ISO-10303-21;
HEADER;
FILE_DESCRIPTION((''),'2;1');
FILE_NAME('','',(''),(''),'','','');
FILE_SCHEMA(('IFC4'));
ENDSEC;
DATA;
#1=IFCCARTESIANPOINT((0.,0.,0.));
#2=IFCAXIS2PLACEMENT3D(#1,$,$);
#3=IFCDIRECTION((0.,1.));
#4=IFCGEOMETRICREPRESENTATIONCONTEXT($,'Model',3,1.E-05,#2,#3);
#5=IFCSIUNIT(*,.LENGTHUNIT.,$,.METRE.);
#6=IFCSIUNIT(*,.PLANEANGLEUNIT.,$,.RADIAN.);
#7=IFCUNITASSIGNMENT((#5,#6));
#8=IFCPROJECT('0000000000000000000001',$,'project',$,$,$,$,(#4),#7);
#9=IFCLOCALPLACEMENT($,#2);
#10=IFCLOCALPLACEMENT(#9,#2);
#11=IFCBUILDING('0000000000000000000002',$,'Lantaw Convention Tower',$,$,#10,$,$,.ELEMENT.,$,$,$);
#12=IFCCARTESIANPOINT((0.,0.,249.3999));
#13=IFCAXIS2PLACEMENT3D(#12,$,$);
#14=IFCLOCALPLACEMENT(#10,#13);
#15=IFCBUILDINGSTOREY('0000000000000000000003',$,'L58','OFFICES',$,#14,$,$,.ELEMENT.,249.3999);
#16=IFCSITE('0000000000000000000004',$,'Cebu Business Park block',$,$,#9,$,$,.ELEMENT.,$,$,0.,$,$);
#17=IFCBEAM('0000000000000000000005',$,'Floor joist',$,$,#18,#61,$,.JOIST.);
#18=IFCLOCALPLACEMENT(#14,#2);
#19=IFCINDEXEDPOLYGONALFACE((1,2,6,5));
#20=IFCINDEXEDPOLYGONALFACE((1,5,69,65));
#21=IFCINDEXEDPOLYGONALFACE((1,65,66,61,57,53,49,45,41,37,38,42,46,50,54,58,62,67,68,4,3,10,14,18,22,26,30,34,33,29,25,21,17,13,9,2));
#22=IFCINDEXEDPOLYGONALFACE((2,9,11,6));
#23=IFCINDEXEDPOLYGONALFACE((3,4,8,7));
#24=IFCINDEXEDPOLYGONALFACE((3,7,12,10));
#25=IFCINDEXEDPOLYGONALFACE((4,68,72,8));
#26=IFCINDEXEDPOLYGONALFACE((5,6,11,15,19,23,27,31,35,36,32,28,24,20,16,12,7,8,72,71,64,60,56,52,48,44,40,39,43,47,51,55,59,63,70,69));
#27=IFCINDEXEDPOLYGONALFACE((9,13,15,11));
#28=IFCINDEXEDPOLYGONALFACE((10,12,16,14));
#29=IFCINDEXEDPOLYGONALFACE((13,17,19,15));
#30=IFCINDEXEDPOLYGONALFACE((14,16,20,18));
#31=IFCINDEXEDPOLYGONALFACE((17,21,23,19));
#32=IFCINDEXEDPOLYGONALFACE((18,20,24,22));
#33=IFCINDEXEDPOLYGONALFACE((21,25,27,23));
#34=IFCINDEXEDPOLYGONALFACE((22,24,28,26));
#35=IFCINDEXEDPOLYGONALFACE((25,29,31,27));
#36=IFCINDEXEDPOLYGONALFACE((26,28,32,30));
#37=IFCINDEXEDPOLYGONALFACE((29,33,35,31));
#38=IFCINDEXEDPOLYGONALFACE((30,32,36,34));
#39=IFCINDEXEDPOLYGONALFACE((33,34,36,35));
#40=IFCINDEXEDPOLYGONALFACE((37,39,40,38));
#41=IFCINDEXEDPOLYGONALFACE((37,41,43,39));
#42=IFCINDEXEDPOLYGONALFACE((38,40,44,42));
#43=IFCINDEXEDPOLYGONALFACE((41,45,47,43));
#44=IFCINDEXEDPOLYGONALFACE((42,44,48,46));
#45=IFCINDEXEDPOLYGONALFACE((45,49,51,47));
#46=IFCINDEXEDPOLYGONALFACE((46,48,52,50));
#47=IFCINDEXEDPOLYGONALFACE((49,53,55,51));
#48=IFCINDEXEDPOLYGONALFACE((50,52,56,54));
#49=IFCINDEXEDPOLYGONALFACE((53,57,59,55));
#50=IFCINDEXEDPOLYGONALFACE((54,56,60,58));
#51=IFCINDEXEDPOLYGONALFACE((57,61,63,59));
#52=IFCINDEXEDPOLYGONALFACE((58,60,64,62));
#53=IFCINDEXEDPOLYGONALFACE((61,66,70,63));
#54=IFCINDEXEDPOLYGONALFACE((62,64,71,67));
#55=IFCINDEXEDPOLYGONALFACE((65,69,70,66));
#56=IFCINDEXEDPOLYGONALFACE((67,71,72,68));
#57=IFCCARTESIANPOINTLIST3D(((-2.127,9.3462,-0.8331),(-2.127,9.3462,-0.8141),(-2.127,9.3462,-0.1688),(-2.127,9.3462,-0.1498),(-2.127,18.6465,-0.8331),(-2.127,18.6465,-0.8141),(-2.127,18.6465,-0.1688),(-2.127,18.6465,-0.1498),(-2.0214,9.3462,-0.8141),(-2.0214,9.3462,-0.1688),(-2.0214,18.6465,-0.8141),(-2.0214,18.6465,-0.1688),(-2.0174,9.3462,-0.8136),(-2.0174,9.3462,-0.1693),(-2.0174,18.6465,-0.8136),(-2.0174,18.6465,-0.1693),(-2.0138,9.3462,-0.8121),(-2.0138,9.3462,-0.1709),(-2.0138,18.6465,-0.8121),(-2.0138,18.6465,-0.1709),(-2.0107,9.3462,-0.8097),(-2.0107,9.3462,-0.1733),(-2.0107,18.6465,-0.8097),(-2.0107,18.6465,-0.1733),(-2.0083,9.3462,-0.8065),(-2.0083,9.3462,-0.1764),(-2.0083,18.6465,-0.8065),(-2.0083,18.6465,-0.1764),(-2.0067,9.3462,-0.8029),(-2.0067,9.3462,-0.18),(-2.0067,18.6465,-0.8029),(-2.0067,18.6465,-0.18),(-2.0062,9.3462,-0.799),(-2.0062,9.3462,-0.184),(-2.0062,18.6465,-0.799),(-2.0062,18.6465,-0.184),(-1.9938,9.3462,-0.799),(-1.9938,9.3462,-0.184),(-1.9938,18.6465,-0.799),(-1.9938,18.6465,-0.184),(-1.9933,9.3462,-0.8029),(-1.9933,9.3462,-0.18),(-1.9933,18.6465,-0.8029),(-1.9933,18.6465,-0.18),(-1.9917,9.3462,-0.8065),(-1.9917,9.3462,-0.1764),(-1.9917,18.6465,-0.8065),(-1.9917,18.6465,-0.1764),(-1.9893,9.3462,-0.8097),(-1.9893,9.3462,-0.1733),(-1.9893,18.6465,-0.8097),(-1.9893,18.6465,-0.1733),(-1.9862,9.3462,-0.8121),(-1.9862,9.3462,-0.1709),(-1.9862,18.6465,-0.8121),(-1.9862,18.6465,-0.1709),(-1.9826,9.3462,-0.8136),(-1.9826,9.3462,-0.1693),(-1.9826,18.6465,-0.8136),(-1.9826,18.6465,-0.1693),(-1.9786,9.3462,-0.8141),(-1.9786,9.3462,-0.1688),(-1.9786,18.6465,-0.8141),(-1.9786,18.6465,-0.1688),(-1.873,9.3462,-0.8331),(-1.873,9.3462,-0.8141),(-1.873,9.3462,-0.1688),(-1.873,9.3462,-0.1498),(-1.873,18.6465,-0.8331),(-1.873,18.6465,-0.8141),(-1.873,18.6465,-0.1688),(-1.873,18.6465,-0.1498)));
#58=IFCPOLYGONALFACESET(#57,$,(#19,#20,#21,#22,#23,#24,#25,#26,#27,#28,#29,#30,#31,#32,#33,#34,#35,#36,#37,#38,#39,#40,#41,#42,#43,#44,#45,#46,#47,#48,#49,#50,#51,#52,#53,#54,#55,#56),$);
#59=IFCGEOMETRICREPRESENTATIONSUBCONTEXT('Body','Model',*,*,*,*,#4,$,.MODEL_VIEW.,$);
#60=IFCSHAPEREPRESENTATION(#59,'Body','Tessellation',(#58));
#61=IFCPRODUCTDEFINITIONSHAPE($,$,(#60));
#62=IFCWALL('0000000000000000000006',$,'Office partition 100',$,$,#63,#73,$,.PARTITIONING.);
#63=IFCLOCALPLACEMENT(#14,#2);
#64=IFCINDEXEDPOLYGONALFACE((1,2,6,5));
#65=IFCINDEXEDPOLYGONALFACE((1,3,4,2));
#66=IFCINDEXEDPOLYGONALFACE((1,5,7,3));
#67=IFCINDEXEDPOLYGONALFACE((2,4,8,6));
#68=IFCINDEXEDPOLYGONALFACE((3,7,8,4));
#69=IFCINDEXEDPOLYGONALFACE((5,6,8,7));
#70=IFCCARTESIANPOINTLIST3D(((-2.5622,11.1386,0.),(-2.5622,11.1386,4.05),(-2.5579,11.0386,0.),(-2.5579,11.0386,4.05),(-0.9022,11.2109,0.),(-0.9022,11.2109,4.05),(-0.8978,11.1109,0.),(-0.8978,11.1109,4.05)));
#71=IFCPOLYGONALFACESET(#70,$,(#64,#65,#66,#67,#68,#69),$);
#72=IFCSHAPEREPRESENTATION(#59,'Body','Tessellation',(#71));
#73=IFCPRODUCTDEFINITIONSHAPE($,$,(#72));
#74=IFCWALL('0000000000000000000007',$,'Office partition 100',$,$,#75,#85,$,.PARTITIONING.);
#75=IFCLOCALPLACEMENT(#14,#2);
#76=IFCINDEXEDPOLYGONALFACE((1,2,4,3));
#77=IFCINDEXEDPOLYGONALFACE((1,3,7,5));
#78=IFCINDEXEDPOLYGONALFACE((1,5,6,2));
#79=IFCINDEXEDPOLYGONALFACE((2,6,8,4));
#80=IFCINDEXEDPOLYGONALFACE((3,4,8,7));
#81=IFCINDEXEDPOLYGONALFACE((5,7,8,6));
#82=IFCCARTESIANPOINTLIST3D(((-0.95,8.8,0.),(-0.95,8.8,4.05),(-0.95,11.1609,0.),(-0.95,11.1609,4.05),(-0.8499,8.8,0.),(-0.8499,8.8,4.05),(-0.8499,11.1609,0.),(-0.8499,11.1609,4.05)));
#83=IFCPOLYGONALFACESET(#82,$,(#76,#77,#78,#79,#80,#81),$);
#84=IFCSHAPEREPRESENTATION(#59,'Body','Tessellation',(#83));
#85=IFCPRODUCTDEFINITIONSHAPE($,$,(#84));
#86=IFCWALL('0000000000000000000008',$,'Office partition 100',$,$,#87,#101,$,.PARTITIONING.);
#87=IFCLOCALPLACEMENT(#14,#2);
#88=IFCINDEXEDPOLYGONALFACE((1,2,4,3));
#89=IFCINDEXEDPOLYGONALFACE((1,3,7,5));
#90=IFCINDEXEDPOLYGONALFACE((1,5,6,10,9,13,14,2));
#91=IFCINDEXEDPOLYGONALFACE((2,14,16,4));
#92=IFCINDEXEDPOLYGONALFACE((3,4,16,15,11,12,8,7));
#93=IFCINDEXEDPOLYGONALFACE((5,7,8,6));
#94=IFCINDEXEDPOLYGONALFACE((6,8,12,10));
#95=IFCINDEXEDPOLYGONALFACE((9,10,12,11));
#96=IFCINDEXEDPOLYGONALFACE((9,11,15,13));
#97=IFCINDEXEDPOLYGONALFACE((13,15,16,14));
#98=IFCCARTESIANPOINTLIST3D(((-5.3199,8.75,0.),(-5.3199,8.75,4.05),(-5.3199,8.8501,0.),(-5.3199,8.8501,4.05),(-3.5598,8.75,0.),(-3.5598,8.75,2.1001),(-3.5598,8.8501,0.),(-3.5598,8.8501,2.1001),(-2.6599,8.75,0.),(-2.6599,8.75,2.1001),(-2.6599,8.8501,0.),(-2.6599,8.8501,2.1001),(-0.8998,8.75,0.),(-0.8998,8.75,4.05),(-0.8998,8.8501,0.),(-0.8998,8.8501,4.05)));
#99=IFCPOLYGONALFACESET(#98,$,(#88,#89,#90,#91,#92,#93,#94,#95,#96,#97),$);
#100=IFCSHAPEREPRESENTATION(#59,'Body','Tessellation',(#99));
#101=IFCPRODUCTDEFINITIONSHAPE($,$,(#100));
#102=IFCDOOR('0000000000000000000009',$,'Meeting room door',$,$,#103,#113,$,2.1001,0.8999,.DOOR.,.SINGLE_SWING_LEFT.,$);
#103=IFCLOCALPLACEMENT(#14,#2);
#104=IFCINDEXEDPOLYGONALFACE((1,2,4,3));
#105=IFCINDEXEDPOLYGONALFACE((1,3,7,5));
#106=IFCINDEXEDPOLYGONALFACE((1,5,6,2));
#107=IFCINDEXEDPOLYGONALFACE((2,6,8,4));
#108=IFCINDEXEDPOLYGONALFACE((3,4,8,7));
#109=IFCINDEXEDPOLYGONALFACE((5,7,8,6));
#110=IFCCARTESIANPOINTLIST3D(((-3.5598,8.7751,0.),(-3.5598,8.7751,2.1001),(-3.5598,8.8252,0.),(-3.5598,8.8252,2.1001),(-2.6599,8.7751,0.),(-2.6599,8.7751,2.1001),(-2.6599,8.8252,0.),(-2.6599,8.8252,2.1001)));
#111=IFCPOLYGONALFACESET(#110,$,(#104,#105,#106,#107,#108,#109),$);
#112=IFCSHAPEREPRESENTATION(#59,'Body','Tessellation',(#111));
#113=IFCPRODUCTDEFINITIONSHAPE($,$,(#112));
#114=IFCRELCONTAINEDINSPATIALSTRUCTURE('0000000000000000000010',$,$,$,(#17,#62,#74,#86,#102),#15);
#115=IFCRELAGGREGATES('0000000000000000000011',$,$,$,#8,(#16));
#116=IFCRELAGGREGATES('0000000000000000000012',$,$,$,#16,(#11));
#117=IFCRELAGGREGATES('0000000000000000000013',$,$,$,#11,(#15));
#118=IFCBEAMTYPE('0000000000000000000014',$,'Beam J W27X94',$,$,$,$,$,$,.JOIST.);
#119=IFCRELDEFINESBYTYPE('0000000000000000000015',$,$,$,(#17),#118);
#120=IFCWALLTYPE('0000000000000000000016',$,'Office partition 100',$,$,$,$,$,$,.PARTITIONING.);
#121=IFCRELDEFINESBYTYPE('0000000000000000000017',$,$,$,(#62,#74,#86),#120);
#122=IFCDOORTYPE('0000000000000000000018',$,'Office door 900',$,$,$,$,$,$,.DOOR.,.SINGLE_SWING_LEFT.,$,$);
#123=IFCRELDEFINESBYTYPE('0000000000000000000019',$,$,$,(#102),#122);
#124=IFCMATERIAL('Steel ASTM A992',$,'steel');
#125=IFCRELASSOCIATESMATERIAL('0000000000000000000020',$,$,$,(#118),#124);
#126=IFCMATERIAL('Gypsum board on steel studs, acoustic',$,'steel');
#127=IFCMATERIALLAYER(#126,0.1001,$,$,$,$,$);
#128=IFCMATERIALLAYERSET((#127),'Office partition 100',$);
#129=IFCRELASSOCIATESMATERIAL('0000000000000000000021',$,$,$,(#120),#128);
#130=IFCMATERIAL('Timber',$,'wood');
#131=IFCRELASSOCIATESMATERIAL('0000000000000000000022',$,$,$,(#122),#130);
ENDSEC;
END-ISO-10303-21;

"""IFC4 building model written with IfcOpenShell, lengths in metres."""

from ifc_helpers import new_model, si_unit, direction, frame, frame_2d, origin, origin_2d, place, context, subcontext, project, spatial, rectangle, i_section, extrude, material, layer, layer_set, material_profile, profile_set, type_object, element, fill, save


model = new_model("IFC4")

# Units and contexts
model_context = context("Model", 3, precision=1e-05, world=origin(), true_north=direction((0.0, 1.0)))
body_context = subcontext(model_context, "Body", "Model", "MODEL_VIEW")
ifc_project = project(units=[si_unit("LENGTHUNIT", "METRE"), si_unit("PLANEANGLEUNIT", "RADIAN")], contexts=[model_context])

# Site, building, storey
site_placement = place(None, origin())
site = spatial("IfcSite", under=ifc_project, at=site_placement, Name="Cebu Business Park block", CompositionType="ELEMENT", RefElevation=0.0)
building_placement = place(site_placement, origin())
building = spatial("IfcBuilding", under=site, at=building_placement, Name="Lantaw Convention Tower", CompositionType="ELEMENT")
storey_placement = place(building_placement, frame((0.0, 0.0, 249.3999)))
storey = spatial("IfcBuildingStorey", under=building, at=storey_placement, Name="L58", Description="OFFICES", CompositionType="ELEMENT", Elevation=249.3999)

# Beam
ifc_material_1 = material(Name="Steel ASTM A992", Category="steel")
ifc_material_profile_1 = material_profile(ifc_material_1, i_section(OverallWidth=0.2539, OverallDepth=0.6833, WebThickness=0.0125, FlangeThickness=0.019, FilletRadius=0.0151, at=origin_2d()), Name="W27X94")
ifc_profile_set_1 = profile_set([ifc_material_profile_1], Name="Steel ASTM A992")
beam_type_1 = type_object("IfcBeamType", Name="Beam J W27X94", PredefinedType="JOIST", material=ifc_profile_set_1)
beam_1_placement = place(storey_placement, frame((-2.0, 9.3462, -0.4915), z_axis=(0.0, 1.0, 0.0), x_axis=(-1.0, 0.0, 0.0)))
element("IfcBeam", 1, at=beam_1_placement, inside=storey, type_object=beam_type_1, Name="Floor joist", PredefinedType="JOIST", context=body_context, shape_type="SweptSolid", body=[
    extrude(i_section(OverallWidth=0.2539, OverallDepth=0.6833, WebThickness=0.0125, FlangeThickness=0.019, FilletRadius=0.0151, at=origin_2d()), origin(), (0.0, 0.0, 1.0), 9.3003),
])

# Walls
ifc_material_2 = material(Name="Gypsum board on steel studs, acoustic", Category="steel")
ifc_layer_1 = layer(ifc_material_2, 0.1001)
ifc_layer_set_1 = layer_set([ifc_layer_1], Name="Office partition 100")
wall_type_1 = type_object("IfcWallType", Name="Office partition 100", PredefinedType="PARTITIONING", material=ifc_layer_set_1)
wall_1_placement = place(storey_placement, frame((-2.5601, 11.0886, 0.0), z_axis=(0.0, 0.0, 1.0), x_axis=(0.999054, 0.043488, 0.0)))
element("IfcWall", 2, at=wall_1_placement, inside=storey, type_object=wall_type_1, Name="Office partition 100", PredefinedType="PARTITIONING", context=body_context, shape_type="SweptSolid", body=[
    extrude(rectangle(XDim=1.6616, YDim=0.1001, at=frame_2d((0.8308, 0.0))), origin(), (0.0, 0.0, 1.0), 4.05),
])
wall_2_placement = place(storey_placement, frame((-0.8999, 11.1609, 0.0), z_axis=(0.0, 0.0, 1.0), x_axis=(0.0, -1.0, 0.0)))
element("IfcWall", 3, at=wall_2_placement, inside=storey, type_object=wall_type_1, Name="Office partition 100", PredefinedType="PARTITIONING", context=body_context, shape_type="SweptSolid", body=[
    extrude(rectangle(XDim=2.3608, YDim=0.1001, at=frame_2d((1.1804, 0.0))), origin(), (0.0, 0.0, 1.0), 4.05),
])

# Wall, opening, door
wall_3_placement = place(storey_placement, frame((-0.8999, 8.8, 0.0), z_axis=(0.0, 0.0, 1.0), x_axis=(-1.0, 0.0, 0.0)))
wall_3 = element("IfcWall", 4, at=wall_3_placement, inside=storey, type_object=wall_type_1, Name="Office partition 100", PredefinedType="PARTITIONING", context=body_context, shape_type="SweptSolid", body=[
    extrude(rectangle(XDim=4.4202, YDim=0.1001, at=frame_2d((2.21, 0.0))), origin(), (0.0, 0.0, 1.0), 4.05),
])
opening_1_placement = place(wall_3_placement, frame((1.76, 0.0, 0.0)))
opening_1 = element("IfcOpeningElement", 5, at=opening_1_placement, cuts=wall_3, PredefinedType="OPENING", context=body_context, shape_type="SweptSolid", body=[
    extrude(rectangle(XDim=0.8999, YDim=2.1001, at=frame_2d((0.45, 1.05))), frame((0.0, 0.0601, 0.0), z_axis=(0.0, -1.0, 0.0), x_axis=(1.0, 0.0, 0.0)), (0.0, 0.0, 1.0), 0.1201),
])
ifc_material_3 = material(Name="Timber", Category="wood")
door_type_1 = type_object("IfcDoorType", Name="Office door 900", OperationType="SINGLE_SWING_LEFT", PredefinedType="DOOR", material=ifc_material_3)
door_1_placement = place(opening_1_placement, origin())
door_1 = element("IfcDoor", 6, at=door_1_placement, inside=storey, type_object=door_type_1, Name="Meeting room door", OperationType="SINGLE_SWING_LEFT", OverallHeight=2.1001, OverallWidth=0.8999, PredefinedType="DOOR", context=body_context, shape_type="SweptSolid", body=[
    extrude(rectangle(XDim=0.8999, YDim=2.1001, at=frame_2d((0.45, 1.05))), frame((0.0, 0.0249, 0.0), z_axis=(0.0, -1.0, 0.0), x_axis=(1.0, 0.0, 0.0)), (0.0, 0.0, 1.0), 0.05),
])
fill(opening_1, door_1)

save(model, "model.ifc")
